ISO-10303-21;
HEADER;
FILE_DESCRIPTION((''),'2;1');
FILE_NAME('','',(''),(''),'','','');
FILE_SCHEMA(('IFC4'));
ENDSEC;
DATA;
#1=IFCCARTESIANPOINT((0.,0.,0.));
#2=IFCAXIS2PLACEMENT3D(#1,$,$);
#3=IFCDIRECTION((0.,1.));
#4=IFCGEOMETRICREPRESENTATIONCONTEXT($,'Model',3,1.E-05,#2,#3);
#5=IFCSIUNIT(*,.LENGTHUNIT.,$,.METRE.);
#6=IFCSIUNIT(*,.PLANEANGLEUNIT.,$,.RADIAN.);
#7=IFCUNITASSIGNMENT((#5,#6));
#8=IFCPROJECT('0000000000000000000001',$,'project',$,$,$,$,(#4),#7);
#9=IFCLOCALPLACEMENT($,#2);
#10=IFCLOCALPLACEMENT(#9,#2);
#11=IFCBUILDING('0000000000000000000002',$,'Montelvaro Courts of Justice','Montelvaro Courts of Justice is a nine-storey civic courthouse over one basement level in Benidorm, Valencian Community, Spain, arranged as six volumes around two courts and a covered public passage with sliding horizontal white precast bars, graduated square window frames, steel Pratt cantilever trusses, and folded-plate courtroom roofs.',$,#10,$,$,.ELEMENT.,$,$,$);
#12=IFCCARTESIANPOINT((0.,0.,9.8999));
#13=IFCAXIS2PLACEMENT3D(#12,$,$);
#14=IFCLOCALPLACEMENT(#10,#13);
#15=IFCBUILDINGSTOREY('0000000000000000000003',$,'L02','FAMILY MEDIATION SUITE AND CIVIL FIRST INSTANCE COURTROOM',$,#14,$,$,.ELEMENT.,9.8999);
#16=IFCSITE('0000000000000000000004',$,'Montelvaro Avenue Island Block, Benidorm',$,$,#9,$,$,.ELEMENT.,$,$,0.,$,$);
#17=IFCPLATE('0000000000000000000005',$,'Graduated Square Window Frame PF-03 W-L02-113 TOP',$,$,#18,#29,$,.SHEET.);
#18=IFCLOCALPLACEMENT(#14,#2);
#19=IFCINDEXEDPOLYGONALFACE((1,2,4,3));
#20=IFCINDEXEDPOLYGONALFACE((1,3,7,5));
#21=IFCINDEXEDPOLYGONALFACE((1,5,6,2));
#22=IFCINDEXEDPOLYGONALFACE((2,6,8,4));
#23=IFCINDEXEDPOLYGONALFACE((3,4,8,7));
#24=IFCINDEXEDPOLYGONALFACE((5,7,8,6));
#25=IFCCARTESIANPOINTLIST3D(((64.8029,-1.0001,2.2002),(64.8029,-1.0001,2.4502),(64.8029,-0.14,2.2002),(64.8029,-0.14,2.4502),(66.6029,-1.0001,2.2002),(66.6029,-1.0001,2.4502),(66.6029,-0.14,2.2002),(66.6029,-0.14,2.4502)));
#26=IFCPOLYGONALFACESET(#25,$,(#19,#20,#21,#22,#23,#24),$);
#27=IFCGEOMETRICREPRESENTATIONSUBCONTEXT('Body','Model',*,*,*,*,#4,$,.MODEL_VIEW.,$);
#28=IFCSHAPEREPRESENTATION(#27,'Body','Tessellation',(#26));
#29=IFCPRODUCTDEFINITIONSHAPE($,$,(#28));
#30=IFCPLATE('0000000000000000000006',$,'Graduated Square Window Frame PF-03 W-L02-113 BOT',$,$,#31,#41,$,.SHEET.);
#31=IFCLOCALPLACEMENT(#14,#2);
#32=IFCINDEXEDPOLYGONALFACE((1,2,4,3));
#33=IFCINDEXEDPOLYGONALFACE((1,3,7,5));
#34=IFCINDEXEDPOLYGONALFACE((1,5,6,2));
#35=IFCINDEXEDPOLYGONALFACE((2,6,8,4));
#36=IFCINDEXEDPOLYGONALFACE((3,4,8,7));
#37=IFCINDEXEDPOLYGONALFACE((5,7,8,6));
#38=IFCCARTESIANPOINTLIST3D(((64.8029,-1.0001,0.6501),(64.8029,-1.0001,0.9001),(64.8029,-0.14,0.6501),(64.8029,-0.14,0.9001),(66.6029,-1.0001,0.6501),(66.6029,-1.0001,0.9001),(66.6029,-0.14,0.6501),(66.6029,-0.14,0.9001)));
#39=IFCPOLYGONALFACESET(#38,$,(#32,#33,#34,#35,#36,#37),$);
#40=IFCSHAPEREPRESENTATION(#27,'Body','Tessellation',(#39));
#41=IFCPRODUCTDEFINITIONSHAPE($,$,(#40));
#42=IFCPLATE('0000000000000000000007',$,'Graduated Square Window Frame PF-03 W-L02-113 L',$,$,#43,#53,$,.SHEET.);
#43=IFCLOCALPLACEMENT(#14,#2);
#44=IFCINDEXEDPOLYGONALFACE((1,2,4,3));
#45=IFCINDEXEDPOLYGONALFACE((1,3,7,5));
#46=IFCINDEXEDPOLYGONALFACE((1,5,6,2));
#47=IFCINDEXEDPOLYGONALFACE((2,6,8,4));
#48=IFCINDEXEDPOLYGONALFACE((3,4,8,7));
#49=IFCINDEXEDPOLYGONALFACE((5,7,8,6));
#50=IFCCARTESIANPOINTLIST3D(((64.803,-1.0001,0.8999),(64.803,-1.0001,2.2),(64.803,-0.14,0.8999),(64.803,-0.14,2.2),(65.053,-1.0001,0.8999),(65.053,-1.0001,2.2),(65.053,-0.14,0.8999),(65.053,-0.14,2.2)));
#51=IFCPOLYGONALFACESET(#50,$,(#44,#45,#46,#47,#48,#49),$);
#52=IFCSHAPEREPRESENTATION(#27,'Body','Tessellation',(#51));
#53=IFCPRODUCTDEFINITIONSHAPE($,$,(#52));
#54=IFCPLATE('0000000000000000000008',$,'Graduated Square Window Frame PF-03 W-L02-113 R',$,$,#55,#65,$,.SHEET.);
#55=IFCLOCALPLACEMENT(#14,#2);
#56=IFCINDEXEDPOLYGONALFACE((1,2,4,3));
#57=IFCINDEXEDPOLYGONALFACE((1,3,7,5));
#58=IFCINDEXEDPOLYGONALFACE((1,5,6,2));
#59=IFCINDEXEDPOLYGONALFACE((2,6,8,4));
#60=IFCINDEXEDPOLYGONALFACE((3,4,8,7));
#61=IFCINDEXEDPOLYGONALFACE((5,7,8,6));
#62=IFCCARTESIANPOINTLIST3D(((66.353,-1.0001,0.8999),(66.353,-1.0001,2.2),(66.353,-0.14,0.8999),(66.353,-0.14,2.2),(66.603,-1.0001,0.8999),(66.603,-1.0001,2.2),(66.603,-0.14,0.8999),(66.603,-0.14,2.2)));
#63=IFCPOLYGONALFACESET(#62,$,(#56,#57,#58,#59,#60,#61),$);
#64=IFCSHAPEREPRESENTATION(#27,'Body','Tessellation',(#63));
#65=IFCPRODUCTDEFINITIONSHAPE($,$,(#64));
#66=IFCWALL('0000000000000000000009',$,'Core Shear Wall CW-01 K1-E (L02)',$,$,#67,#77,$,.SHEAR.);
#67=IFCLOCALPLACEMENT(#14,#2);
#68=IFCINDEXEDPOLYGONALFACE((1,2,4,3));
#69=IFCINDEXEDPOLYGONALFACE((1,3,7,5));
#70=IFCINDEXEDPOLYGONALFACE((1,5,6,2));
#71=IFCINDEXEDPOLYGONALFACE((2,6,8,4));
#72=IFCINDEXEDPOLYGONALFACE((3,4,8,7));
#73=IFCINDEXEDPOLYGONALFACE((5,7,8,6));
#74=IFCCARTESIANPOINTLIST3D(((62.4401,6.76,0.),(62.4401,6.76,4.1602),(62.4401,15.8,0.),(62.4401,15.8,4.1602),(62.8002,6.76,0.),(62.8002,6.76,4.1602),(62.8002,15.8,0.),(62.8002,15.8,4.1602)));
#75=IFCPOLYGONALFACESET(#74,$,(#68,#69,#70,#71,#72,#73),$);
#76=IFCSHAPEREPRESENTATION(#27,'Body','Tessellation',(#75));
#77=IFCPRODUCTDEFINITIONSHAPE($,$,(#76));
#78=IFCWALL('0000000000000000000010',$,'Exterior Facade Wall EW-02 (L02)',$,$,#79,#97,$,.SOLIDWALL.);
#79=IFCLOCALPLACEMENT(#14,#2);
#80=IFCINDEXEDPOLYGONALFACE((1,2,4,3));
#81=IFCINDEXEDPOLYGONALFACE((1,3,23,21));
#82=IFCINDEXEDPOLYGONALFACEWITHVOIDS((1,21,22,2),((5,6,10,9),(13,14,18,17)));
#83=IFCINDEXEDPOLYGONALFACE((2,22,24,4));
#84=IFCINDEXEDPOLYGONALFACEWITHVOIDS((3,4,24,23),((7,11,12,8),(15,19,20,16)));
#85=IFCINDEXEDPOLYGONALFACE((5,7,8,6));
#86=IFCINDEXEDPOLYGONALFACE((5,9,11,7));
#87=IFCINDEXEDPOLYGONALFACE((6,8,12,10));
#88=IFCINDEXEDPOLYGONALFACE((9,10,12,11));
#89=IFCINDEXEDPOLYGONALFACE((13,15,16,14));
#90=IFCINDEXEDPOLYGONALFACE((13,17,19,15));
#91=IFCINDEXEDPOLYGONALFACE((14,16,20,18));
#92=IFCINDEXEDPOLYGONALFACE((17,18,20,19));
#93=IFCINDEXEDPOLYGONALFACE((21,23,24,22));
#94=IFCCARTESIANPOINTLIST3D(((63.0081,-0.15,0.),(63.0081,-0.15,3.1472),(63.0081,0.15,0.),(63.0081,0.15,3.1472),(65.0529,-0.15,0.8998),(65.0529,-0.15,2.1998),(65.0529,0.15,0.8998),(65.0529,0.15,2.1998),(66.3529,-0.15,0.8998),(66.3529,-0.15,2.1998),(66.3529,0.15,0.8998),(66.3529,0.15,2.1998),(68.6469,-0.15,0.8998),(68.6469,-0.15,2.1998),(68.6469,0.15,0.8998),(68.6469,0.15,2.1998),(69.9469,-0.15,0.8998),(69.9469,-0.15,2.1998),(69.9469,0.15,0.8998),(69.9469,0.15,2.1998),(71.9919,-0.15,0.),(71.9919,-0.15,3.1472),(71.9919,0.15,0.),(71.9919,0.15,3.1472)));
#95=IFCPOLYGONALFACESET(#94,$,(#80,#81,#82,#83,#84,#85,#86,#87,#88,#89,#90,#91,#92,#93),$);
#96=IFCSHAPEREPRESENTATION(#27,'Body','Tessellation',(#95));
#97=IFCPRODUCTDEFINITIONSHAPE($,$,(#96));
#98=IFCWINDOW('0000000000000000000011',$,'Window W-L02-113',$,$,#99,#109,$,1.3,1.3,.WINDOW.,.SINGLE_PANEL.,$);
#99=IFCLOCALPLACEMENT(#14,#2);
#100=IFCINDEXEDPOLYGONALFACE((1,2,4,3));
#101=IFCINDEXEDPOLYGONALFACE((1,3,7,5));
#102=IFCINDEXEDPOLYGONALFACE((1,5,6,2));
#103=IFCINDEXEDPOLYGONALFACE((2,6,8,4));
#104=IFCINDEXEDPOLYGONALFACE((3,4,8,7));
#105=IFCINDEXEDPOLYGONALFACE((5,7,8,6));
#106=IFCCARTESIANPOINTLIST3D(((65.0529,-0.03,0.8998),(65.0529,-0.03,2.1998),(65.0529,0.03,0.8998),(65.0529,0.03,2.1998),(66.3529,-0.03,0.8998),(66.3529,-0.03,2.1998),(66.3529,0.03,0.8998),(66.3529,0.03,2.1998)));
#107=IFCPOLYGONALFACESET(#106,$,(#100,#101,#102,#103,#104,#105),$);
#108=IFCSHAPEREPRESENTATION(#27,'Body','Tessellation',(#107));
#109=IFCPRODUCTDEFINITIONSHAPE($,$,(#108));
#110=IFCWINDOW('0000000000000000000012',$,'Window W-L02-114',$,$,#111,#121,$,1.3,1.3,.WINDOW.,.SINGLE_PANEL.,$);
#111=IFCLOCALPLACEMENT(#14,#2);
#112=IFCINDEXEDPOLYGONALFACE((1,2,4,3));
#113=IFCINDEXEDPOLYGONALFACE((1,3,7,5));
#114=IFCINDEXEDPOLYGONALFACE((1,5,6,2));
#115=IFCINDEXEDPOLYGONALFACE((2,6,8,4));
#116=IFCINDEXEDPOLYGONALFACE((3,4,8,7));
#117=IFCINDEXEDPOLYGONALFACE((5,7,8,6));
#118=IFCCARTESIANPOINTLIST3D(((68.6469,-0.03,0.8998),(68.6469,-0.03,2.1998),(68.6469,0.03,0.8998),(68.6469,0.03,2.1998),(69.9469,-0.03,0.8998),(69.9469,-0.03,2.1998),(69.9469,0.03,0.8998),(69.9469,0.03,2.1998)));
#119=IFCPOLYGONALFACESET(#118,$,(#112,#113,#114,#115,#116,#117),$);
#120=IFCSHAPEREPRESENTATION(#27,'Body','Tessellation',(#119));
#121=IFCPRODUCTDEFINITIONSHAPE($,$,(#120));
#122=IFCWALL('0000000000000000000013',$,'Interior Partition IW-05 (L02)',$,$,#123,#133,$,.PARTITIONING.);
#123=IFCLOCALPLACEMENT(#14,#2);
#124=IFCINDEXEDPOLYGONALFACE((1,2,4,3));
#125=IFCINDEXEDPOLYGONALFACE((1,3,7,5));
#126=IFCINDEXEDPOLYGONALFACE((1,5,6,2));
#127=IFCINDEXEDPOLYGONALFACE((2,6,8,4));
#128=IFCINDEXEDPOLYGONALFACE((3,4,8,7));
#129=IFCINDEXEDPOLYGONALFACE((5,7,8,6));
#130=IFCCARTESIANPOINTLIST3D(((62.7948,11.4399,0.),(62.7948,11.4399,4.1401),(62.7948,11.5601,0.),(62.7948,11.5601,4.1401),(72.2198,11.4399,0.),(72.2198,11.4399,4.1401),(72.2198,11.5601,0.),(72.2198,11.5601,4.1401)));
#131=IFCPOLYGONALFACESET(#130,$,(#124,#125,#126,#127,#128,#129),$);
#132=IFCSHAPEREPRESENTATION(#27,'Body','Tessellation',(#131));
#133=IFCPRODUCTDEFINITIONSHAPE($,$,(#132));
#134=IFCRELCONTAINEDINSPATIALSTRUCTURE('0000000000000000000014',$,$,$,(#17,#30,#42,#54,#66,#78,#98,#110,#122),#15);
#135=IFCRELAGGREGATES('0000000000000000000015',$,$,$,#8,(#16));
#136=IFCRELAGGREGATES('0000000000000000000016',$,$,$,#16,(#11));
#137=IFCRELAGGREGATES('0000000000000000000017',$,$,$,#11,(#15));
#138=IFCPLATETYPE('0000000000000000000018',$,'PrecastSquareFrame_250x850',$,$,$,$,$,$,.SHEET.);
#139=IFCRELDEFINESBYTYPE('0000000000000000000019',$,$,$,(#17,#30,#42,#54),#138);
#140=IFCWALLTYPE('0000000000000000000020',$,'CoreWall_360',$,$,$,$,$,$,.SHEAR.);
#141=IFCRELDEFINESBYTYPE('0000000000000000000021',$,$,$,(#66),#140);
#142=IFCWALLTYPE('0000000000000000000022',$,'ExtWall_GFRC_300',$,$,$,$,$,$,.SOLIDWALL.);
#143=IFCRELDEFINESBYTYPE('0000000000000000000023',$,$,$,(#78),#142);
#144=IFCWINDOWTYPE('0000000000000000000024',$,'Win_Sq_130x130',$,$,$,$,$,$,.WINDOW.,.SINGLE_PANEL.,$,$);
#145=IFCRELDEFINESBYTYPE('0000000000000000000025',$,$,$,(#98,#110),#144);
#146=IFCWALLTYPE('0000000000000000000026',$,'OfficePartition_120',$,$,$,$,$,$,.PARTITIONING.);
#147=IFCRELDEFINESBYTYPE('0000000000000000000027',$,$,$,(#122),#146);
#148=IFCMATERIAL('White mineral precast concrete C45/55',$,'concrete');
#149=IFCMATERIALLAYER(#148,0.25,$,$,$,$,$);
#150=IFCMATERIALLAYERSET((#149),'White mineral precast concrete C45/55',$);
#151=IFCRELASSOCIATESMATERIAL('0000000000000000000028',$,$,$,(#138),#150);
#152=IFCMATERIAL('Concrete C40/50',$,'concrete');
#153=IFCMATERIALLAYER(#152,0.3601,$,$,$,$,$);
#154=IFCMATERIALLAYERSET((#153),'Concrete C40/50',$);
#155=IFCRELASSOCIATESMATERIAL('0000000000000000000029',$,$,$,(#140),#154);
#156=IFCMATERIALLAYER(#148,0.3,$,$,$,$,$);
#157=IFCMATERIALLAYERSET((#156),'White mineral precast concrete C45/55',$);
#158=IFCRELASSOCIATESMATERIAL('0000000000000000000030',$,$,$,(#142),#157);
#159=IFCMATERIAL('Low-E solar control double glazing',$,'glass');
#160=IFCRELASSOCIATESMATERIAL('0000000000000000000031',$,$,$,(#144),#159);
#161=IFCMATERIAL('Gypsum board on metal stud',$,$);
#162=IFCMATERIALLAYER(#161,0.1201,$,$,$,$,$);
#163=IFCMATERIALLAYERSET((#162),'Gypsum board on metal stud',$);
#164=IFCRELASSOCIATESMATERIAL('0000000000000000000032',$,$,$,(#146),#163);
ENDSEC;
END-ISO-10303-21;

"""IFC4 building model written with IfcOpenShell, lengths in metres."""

from ifc_helpers import new_model, si_unit, direction, frame, frame_2d, origin, origin_2d, place, context, subcontext, project, spatial, rectangle, extrude, material, layer, layer_set, type_object, element, fill, save


model = new_model("IFC4")

# Units and contexts
model_context = context("Model", 3, precision=1e-05, world=origin(), true_north=direction((0.0, 1.0)))
body_context = subcontext(model_context, "Body", "Model", "MODEL_VIEW")
ifc_project = project(units=[si_unit("LENGTHUNIT", "METRE"), si_unit("PLANEANGLEUNIT", "RADIAN")], contexts=[model_context])

# Site, building, storey
site_placement = place(None, origin())
site = spatial("IfcSite", under=ifc_project, at=site_placement, Name="Montelvaro Avenue Island Block, Benidorm", CompositionType="ELEMENT", RefElevation=0.0)
building_placement = place(site_placement, origin())
building = spatial("IfcBuilding", under=site, at=building_placement, Name="Montelvaro Courts of Justice", Description="Montelvaro Courts of Justice is a nine-storey civic courthouse over one basement level in Benidorm, Valencian Community, Spain, arranged as six volumes around two courts and a covered public passage with sliding horizontal white precast bars, graduated square window frames, steel Pratt cantilever trusses, and folded-plate courtroom roofs.", CompositionType="ELEMENT")
storey_placement = place(building_placement, frame((0.0, 0.0, 9.8999)))
storey = spatial("IfcBuildingStorey", under=building, at=storey_placement, Name="L02", Description="FAMILY MEDIATION SUITE AND CIVIL FIRST INSTANCE COURTROOM", CompositionType="ELEMENT", Elevation=9.8999)

# Plates
ifc_material_1 = material(Name="White mineral precast concrete C45/55", Category="concrete")
ifc_layer_1 = layer(ifc_material_1, 0.25)
ifc_layer_set_1 = layer_set([ifc_layer_1], Name="White mineral precast concrete C45/55")
plate_type_1 = type_object("IfcPlateType", Name="PrecastSquareFrame_250x850", PredefinedType="SHEET", material=ifc_layer_set_1)
for number, where, z_axis, x_axis, name in (
    (1, (65.7029, -0.5701, 2.2002), (0.0, 0.0, 1.0), (1.0, 0.0, 0.0), "Graduated Square Window Frame PF-03 W-L02-113 TOP"),
    (2, (65.7029, -0.5701, 0.6501), (0.0, 0.0, 1.0), (1.0, 0.0, 0.0), "Graduated Square Window Frame PF-03 W-L02-113 BOT"),
):
    element("IfcPlate", number, at=place(storey_placement, frame(where, z_axis=z_axis, x_axis=x_axis)), inside=storey, type_object=plate_type_1, Name=name, PredefinedType="SHEET", context=body_context, shape_type="SweptSolid", body=[
        extrude(rectangle(XDim=1.8, YDim=0.8601, at=origin_2d()), origin(), (0.0, 0.0, 1.0), 0.25),
    ])
for number, where, z_axis, x_axis, name in (
    (3, (64.928, -0.5701, 0.8999), (0.0, 0.0, 1.0), (1.0, 0.0, 0.0), "Graduated Square Window Frame PF-03 W-L02-113 L"),
    (4, (66.478, -0.5701, 0.8999), (0.0, 0.0, 1.0), (1.0, 0.0, 0.0), "Graduated Square Window Frame PF-03 W-L02-113 R"),
):
    element("IfcPlate", number, at=place(storey_placement, frame(where, z_axis=z_axis, x_axis=x_axis)), inside=storey, type_object=plate_type_1, Name=name, PredefinedType="SHEET", context=body_context, shape_type="SweptSolid", body=[
        extrude(rectangle(XDim=0.25, YDim=0.8601, at=origin_2d()), origin(), (0.0, 0.0, 1.0), 1.3),
    ])

# Wall
ifc_material_2 = material(Name="Concrete C40/50", Category="concrete")
ifc_layer_2 = layer(ifc_material_2, 0.3601)
ifc_layer_set_2 = layer_set([ifc_layer_2], Name="Concrete C40/50")
wall_type_1 = type_object("IfcWallType", Name="CoreWall_360", PredefinedType="SHEAR", material=ifc_layer_set_2)
wall_1_placement = place(storey_placement, frame((62.6201, 6.76, 0.0), z_axis=(0.0, 0.0, 1.0), x_axis=(0.0, 1.0, 0.0)))
element("IfcWall", 5, at=wall_1_placement, inside=storey, type_object=wall_type_1, Name="Core Shear Wall CW-01 K1-E (L02)", PredefinedType="SHEAR", context=body_context, shape_type="SweptSolid", body=[
    extrude(rectangle(XDim=9.04, YDim=0.3601, at=frame_2d((4.52, 0.0))), origin(), (0.0, 0.0, 1.0), 4.1602),
])

# Wall, openings, windows
ifc_layer_3 = layer(ifc_material_1, 0.3)
ifc_layer_set_3 = layer_set([ifc_layer_3], Name="White mineral precast concrete C45/55")
wall_type_2 = type_object("IfcWallType", Name="ExtWall_GFRC_300", PredefinedType="SOLIDWALL", material=ifc_layer_set_3)
wall_2_placement = place(storey_placement, frame((63.0081, 0.0, 0.0), z_axis=(0.0, 0.0, 1.0), x_axis=(1.0, 0.0, 0.0)))
wall_2 = element("IfcWall", 6, at=wall_2_placement, inside=storey, type_object=wall_type_2, Name="Exterior Facade Wall EW-02 (L02)", PredefinedType="SOLIDWALL", context=body_context, shape_type="SweptSolid", body=[
    extrude(rectangle(XDim=8.9839, YDim=0.3, at=frame_2d((4.4919, 0.0))), origin(), (0.0, 0.0, 1.0), 3.1472),
])
opening_1_placement = place(wall_2_placement, frame((2.0449, 0.0, 0.8999)))
opening_1 = element("IfcOpeningElement", 7, at=opening_1_placement, cuts=wall_2, PredefinedType="OPENING", context=body_context, shape_type="SweptSolid", body=[
    extrude(rectangle(XDim=1.3, YDim=1.3, at=frame_2d((0.6499, 0.6499))), frame((0.0, 0.165, 0.0), z_axis=(0.0, -1.0, 0.0), x_axis=(1.0, 0.0, 0.0)), (0.0, 0.0, 1.0), 0.3298),
])
opening_2_placement = place(wall_2_placement, frame((5.6389, 0.0, 0.8999)))
opening_2 = element("IfcOpeningElement", 8, at=opening_2_placement, cuts=wall_2, PredefinedType="OPENING", context=body_context, shape_type="SweptSolid", body=[
    extrude(rectangle(XDim=1.3, YDim=1.3, at=frame_2d((0.6499, 0.6499))), frame((0.0, 0.165, 0.0), z_axis=(0.0, -1.0, 0.0), x_axis=(1.0, 0.0, 0.0)), (0.0, 0.0, 1.0), 0.3298),
])
ifc_material_3 = material(Name="Low-E solar control double glazing", Category="glass")
window_type = type_object("IfcWindowType", Name="Win_Sq_130x130", PartitioningType="SINGLE_PANEL", PredefinedType="WINDOW", material=ifc_material_3)
window_1_placement = place(opening_1_placement, origin())
window_1 = element("IfcWindow", 9, at=window_1_placement, inside=storey, type_object=window_type, Name="Window W-L02-113", OverallHeight=1.3, OverallWidth=1.3, PartitioningType="SINGLE_PANEL", PredefinedType="WINDOW", context=body_context, shape_type="SweptSolid", body=[
    extrude(rectangle(XDim=1.3, YDim=1.3, at=frame_2d((0.6499, 0.6499))), frame((0.0, 0.03, 0.0), z_axis=(0.0, -1.0, 0.0), x_axis=(1.0, 0.0, 0.0)), (0.0, 0.0, 1.0), 0.0601),
])
fill(opening_1, window_1)
window_2_placement = place(opening_2_placement, origin())
window_2 = element("IfcWindow", 10, at=window_2_placement, inside=storey, type_object=window_type, Name="Window W-L02-114", OverallHeight=1.3, OverallWidth=1.3, PartitioningType="SINGLE_PANEL", PredefinedType="WINDOW", context=body_context, shape_type="SweptSolid", body=[
    extrude(rectangle(XDim=1.3, YDim=1.3, at=frame_2d((0.6499, 0.6499))), frame((0.0, 0.03, 0.0), z_axis=(0.0, -1.0, 0.0), x_axis=(1.0, 0.0, 0.0)), (0.0, 0.0, 1.0), 0.0601),
])
fill(opening_2, window_2)

# Wall
ifc_material_4 = material(Name="Gypsum board on metal stud")
ifc_layer_4 = layer(ifc_material_4, 0.1201)
ifc_layer_set_4 = layer_set([ifc_layer_4], Name="Gypsum board on metal stud")
wall_type_3 = type_object("IfcWallType", Name="OfficePartition_120", PredefinedType="PARTITIONING", material=ifc_layer_set_4)
wall_3_placement = place(storey_placement, frame((62.7949, 11.5, 0.0), z_axis=(0.0, 0.0, 1.0), x_axis=(1.0, 0.0, 0.0)))
element("IfcWall", 11, at=wall_3_placement, inside=storey, type_object=wall_type_3, Name="Interior Partition IW-05 (L02)", PredefinedType="PARTITIONING", context=body_context, shape_type="SweptSolid", body=[
    extrude(rectangle(XDim=9.425, YDim=0.1201, at=frame_2d((4.7124, 0.0))), origin(), (0.0, 0.0, 1.0), 4.1401),
])

save(model, "model.ifc")
